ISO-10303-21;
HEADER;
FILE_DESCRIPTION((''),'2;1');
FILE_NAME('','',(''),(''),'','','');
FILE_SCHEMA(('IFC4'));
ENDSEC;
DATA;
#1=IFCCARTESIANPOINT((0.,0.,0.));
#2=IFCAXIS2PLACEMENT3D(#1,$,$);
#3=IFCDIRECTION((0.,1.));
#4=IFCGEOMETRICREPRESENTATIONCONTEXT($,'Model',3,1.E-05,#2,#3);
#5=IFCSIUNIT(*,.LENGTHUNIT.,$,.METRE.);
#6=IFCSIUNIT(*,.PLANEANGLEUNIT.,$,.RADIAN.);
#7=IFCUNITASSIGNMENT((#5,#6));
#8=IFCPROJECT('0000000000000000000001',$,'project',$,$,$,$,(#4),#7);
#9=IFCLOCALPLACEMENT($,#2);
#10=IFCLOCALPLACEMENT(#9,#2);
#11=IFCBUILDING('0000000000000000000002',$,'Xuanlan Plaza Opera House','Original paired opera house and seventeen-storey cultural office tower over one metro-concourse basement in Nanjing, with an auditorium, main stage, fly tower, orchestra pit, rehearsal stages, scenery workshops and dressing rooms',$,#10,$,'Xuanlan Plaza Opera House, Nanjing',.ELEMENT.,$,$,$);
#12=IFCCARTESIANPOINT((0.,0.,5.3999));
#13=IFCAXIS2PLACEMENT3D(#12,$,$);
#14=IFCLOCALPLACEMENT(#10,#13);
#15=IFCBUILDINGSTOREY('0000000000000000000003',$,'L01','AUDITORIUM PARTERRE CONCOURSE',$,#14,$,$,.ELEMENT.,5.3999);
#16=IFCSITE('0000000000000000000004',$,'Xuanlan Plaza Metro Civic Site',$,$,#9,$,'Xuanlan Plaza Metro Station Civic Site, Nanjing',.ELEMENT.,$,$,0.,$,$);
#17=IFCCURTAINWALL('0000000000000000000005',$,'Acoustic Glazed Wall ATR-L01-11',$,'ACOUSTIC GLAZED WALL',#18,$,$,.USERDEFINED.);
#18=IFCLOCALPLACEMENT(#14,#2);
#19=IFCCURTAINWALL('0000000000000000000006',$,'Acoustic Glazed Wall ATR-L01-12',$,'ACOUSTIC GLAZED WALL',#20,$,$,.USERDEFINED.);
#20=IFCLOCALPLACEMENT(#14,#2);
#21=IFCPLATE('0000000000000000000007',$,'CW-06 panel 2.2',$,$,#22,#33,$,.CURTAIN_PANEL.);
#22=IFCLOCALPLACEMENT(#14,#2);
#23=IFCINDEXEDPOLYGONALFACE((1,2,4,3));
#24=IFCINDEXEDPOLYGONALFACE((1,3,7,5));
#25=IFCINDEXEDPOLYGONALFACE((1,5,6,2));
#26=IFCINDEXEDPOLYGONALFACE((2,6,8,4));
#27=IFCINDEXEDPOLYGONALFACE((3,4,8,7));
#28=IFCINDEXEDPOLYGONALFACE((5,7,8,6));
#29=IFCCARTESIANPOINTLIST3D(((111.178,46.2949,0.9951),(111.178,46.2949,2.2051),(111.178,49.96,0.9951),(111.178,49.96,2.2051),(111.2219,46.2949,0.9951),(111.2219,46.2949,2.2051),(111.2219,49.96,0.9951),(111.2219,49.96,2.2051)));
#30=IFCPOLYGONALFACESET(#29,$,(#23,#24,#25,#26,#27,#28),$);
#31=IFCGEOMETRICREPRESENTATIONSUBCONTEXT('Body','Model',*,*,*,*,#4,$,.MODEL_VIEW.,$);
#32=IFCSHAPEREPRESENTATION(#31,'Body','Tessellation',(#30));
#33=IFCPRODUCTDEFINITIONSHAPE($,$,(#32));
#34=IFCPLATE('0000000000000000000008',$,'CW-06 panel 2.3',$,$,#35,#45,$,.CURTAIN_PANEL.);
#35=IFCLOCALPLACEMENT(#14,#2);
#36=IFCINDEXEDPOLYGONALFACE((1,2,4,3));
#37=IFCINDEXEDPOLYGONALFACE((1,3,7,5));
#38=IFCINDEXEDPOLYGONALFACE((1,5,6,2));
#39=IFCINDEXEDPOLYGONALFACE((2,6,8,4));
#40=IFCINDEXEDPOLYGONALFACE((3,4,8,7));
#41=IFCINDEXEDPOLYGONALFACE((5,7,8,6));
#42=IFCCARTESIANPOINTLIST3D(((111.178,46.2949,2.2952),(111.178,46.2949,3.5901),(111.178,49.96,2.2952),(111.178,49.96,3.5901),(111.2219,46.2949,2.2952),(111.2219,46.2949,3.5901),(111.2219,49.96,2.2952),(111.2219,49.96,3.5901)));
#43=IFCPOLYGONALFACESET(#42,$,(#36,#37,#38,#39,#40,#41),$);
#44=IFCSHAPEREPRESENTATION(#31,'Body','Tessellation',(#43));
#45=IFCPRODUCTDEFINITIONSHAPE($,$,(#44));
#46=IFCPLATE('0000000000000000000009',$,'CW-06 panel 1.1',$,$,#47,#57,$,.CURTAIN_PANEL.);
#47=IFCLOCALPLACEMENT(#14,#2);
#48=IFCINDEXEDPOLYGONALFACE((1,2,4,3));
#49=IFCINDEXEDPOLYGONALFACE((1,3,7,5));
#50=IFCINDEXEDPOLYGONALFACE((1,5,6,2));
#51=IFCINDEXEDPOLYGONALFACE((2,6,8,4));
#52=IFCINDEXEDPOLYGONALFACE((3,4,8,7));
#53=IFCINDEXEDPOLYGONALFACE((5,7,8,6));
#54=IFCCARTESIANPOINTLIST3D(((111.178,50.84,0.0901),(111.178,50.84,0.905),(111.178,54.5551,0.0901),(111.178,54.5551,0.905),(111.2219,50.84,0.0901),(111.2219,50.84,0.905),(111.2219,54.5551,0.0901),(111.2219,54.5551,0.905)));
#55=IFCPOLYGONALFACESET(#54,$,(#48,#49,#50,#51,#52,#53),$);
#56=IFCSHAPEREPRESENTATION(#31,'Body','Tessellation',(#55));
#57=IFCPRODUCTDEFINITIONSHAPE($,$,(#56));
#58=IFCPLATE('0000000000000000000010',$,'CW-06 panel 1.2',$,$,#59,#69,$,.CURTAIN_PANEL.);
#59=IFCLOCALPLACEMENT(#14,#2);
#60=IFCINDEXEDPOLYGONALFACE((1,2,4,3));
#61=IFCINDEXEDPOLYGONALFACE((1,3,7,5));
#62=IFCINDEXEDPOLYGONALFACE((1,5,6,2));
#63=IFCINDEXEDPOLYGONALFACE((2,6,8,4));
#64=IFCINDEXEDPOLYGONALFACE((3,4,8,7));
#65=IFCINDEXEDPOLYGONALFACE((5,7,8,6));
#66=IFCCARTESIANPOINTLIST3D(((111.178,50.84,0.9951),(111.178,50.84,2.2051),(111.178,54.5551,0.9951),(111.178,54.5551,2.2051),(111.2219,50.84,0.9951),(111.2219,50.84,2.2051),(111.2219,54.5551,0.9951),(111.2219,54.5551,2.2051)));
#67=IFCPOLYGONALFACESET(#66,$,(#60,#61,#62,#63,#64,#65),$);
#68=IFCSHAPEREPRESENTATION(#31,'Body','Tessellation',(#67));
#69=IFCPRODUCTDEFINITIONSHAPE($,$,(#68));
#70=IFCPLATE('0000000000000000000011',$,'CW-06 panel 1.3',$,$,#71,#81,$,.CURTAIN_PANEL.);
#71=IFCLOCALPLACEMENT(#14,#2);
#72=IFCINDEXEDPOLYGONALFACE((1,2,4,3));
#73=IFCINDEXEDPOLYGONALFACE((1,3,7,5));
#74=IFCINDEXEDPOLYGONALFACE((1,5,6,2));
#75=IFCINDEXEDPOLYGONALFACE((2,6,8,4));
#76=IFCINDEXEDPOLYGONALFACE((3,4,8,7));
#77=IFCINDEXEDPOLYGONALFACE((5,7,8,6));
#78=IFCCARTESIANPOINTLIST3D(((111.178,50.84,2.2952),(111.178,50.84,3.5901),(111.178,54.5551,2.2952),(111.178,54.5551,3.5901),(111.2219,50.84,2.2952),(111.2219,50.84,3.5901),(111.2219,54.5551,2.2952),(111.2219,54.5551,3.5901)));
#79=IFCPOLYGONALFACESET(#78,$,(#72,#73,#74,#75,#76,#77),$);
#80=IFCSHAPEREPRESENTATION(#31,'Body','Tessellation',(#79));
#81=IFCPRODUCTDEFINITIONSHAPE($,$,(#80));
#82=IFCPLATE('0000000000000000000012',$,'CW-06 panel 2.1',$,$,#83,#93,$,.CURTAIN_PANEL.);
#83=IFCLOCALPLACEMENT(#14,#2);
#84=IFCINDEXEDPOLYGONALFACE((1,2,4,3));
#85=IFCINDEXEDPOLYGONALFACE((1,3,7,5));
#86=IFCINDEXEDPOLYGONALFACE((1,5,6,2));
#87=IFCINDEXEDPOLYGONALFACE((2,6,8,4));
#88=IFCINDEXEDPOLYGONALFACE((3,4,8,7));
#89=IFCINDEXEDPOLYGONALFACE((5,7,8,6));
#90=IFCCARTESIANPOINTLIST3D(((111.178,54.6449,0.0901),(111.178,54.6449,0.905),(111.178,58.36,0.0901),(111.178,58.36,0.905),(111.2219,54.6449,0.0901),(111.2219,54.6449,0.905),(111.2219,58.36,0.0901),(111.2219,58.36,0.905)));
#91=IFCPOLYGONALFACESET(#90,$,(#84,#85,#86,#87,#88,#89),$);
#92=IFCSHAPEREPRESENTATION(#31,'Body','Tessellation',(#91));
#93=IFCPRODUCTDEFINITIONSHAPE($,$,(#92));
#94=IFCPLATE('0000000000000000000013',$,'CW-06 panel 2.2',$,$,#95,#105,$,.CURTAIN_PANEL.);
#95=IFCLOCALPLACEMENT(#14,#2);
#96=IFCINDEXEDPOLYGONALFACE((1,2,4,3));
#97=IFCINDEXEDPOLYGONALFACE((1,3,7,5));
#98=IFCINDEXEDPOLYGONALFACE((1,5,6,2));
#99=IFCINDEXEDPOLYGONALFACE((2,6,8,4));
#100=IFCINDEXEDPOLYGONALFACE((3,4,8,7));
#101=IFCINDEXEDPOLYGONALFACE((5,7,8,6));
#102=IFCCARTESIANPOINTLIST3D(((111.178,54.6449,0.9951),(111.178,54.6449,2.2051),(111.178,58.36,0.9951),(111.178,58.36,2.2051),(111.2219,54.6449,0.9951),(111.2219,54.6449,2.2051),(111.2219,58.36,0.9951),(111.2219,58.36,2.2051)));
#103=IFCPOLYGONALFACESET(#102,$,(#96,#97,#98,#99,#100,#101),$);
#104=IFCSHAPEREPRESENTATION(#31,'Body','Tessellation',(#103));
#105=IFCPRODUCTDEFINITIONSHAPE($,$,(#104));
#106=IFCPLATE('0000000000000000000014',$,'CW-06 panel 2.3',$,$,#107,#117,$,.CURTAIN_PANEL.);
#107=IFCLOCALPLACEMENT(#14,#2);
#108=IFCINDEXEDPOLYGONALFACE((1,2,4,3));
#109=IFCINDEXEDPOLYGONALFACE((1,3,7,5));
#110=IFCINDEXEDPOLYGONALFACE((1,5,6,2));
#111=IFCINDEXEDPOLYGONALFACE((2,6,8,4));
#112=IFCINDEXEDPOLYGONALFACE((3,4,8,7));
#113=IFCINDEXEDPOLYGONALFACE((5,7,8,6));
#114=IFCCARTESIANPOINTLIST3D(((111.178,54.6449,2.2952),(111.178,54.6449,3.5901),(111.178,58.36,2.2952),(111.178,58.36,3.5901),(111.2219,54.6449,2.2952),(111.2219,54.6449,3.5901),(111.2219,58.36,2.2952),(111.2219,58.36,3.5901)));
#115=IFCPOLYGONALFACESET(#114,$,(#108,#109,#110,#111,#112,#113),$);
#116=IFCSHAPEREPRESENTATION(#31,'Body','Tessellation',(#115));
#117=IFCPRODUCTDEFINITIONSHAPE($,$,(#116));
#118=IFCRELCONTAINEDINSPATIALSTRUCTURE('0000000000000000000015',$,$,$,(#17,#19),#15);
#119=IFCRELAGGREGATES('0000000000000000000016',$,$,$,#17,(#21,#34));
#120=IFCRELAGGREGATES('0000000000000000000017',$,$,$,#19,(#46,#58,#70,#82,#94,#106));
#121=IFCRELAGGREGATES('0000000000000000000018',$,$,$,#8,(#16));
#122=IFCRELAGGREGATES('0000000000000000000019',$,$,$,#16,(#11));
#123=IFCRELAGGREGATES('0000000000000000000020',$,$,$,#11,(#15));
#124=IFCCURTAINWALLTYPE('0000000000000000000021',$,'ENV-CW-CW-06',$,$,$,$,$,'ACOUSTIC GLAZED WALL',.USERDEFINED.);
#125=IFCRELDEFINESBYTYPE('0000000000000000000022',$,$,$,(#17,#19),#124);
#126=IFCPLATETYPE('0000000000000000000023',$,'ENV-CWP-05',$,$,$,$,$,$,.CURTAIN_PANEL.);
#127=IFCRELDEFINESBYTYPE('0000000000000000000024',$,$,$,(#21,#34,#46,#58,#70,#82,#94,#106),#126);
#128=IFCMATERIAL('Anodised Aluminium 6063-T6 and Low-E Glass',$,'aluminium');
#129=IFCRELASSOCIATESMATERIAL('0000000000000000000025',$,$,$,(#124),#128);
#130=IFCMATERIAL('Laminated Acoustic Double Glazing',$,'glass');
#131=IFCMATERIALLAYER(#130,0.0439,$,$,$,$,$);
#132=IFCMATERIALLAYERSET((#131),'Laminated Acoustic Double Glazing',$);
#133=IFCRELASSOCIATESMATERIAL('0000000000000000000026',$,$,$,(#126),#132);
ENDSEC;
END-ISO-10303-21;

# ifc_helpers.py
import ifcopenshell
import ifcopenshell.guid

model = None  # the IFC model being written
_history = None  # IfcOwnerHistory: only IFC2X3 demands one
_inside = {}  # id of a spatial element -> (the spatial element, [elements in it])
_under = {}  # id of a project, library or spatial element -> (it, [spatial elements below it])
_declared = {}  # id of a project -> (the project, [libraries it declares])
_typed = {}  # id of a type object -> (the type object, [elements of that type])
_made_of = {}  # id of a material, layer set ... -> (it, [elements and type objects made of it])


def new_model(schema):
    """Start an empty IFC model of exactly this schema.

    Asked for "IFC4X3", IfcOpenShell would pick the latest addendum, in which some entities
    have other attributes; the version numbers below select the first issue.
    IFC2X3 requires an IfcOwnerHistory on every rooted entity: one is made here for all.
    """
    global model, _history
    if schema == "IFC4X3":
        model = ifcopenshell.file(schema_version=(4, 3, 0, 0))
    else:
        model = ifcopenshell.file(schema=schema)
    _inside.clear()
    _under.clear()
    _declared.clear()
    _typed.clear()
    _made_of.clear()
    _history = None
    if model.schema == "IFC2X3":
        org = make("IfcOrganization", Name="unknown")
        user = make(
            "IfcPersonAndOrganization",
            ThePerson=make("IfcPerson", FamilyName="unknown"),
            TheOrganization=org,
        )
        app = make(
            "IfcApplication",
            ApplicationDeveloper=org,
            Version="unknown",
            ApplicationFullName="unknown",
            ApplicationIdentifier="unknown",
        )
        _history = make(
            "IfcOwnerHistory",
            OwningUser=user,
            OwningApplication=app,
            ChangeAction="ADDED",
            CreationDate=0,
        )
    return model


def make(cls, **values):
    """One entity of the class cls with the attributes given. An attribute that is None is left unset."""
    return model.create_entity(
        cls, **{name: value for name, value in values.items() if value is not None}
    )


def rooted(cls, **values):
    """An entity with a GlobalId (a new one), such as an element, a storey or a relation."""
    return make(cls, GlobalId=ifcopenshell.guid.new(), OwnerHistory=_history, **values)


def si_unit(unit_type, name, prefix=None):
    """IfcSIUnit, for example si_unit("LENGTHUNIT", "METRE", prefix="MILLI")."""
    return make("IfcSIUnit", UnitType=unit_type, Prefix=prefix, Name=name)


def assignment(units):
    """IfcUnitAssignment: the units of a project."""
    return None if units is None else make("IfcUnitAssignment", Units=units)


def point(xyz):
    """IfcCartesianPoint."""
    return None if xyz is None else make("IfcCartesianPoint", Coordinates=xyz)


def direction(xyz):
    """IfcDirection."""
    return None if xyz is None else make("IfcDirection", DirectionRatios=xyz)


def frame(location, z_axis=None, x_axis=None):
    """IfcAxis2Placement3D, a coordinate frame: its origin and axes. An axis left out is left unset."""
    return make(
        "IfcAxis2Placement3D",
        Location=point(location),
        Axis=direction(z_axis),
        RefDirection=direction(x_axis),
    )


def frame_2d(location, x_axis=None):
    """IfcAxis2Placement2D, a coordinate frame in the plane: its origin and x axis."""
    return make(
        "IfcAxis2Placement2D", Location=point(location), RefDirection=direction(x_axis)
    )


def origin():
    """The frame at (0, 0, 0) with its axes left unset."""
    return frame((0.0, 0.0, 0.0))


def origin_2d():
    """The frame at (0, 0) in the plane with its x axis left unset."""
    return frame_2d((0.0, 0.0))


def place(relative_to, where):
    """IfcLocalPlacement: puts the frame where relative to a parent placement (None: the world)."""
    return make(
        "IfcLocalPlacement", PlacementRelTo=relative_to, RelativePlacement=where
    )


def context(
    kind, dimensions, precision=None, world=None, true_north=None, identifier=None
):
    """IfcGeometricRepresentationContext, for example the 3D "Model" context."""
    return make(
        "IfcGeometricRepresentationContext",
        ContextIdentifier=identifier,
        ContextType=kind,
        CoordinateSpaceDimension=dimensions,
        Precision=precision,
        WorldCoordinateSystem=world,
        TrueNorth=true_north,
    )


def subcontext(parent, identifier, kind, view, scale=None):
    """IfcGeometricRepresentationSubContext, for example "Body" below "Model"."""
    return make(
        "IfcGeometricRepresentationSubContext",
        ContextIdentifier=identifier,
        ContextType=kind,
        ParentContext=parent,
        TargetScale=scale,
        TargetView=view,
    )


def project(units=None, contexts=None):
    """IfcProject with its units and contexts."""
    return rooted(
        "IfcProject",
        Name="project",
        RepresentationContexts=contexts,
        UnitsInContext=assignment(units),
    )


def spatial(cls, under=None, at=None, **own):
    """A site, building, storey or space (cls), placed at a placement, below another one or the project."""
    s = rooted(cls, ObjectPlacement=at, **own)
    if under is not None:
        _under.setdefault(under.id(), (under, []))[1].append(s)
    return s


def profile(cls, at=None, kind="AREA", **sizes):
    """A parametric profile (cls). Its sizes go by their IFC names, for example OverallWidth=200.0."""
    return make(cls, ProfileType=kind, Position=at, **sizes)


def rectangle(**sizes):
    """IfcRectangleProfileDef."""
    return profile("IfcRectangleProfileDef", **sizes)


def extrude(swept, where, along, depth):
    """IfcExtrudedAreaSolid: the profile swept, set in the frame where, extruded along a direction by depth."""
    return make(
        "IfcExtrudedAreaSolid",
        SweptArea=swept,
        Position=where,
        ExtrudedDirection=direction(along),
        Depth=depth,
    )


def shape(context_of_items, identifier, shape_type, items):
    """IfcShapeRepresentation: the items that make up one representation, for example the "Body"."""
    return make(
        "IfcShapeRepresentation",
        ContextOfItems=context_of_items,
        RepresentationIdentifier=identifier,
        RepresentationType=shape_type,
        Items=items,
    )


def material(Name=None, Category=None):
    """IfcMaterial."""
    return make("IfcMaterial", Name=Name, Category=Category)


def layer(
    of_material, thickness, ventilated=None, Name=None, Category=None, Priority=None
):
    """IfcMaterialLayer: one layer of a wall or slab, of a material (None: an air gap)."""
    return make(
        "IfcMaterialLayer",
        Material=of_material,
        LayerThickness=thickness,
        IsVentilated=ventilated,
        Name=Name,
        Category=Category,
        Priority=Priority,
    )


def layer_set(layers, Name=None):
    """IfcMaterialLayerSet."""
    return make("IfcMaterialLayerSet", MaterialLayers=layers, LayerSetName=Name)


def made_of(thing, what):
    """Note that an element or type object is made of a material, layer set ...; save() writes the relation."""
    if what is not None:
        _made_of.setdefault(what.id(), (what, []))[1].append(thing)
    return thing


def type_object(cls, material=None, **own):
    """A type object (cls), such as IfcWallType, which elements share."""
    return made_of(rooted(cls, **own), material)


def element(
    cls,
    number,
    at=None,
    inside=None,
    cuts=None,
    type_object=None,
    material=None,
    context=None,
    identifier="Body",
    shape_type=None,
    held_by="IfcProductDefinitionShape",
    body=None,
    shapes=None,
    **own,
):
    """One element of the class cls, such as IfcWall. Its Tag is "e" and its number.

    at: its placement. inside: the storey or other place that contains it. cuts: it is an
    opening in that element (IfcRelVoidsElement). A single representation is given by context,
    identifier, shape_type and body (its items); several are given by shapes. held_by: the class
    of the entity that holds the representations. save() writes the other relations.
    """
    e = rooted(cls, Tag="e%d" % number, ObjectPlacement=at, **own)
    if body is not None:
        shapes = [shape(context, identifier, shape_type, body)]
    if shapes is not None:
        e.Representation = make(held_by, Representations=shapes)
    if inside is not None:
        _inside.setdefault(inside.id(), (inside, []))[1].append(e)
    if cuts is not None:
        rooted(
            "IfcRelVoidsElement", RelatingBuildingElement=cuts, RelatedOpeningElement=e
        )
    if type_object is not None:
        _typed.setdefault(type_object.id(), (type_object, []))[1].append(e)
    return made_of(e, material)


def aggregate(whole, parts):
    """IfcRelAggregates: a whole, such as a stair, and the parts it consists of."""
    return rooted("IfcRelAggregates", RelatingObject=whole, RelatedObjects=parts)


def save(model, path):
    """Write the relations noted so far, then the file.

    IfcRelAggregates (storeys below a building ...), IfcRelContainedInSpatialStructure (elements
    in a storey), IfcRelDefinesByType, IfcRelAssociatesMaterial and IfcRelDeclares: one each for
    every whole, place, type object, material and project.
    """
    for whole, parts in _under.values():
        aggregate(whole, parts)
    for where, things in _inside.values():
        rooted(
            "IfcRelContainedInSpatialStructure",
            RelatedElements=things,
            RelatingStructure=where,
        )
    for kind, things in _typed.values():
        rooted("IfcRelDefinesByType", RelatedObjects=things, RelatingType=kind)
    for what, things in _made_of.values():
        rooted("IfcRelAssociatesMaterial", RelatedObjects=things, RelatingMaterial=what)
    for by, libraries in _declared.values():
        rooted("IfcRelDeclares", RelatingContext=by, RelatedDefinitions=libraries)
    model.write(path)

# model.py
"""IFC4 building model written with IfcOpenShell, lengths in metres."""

from ifc_helpers import new_model, si_unit, direction, frame, origin, origin_2d, place, context, subcontext, project, spatial, rectangle, extrude, material, layer, layer_set, type_object, element, aggregate, save


model = new_model("IFC4")

# Units and contexts
model_context = context("Model", 3, precision=1e-05, world=origin(), true_north=direction((0.0, 1.0)))
body_context = subcontext(model_context, "Body", "Model", "MODEL_VIEW")
ifc_project = project(units=[si_unit("LENGTHUNIT", "METRE"), si_unit("PLANEANGLEUNIT", "RADIAN")], contexts=[model_context])

# Site, building, storey
site_placement = place(None, origin())
site = spatial("IfcSite", under=ifc_project, at=site_placement, Name="Xuanlan Plaza Metro Civic Site", LongName="Xuanlan Plaza Metro Station Civic Site, Nanjing", CompositionType="ELEMENT", RefElevation=0.0)
building_placement = place(site_placement, origin())
building = spatial("IfcBuilding", under=site, at=building_placement, Name="Xuanlan Plaza Opera House", Description="Original paired opera house and seventeen-storey cultural office tower over one metro-concourse basement in Nanjing, with an auditorium, main stage, fly tower, orchestra pit, rehearsal stages, scenery workshops and dressing rooms", LongName="Xuanlan Plaza Opera House, Nanjing", CompositionType="ELEMENT")
storey_placement = place(building_placement, frame((0.0, 0.0, 5.3999)))
storey = spatial("IfcBuildingStorey", under=building, at=storey_placement, Name="L01", Description="AUDITORIUM PARTERRE CONCOURSE", CompositionType="ELEMENT", Elevation=5.3999)

# Curtain walls
ifc_material_1 = material(Name="Anodised Aluminium 6063-T6 and Low-E Glass", Category="aluminium")
curtain_wall_type = type_object("IfcCurtainWallType", Name="ENV-CW-CW-06", ElementType="ACOUSTIC GLAZED WALL", PredefinedType="USERDEFINED", material=ifc_material_1)
curtain_wall_1_placement = place(storey_placement, origin())
curtain_wall_1 = element("IfcCurtainWall", 1, at=curtain_wall_1_placement, inside=storey, type_object=curtain_wall_type, Name="Acoustic Glazed Wall ATR-L01-11", ObjectType="ACOUSTIC GLAZED WALL", PredefinedType="USERDEFINED")
curtain_wall_2_placement = place(storey_placement, origin())
curtain_wall_2 = element("IfcCurtainWall", 2, at=curtain_wall_2_placement, inside=storey, type_object=curtain_wall_type, Name="Acoustic Glazed Wall ATR-L01-12", ObjectType="ACOUSTIC GLAZED WALL", PredefinedType="USERDEFINED")

# Plates
ifc_material_2 = material(Name="Laminated Acoustic Double Glazing", Category="glass")
ifc_layer = layer(ifc_material_2, 0.0439)
ifc_layer_set = layer_set([ifc_layer], Name="Laminated Acoustic Double Glazing")
plate_type = type_object("IfcPlateType", Name="ENV-CWP-05", PredefinedType="CURTAIN_PANEL", material=ifc_layer_set)
plate_1_placement = place(storey_placement, frame((111.2, 48.1274, 0.9951), z_axis=(0.0, 0.0, 1.0), x_axis=(0.0, 1.0, 0.0)))
plate_1 = element("IfcPlate", 3, at=plate_1_placement, type_object=plate_type, Name="CW-06 panel 2.2", PredefinedType="CURTAIN_PANEL", context=body_context, shape_type="SweptSolid", body=[
    extrude(rectangle(XDim=3.665, YDim=0.0439, at=origin_2d()), origin(), (0.0, 0.0, 1.0), 1.21),
])
plate_2_placement = place(storey_placement, frame((111.2, 48.1274, 2.2952), z_axis=(0.0, 0.0, 1.0), x_axis=(0.0, 1.0, 0.0)))
plate_2 = element("IfcPlate", 4, at=plate_2_placement, type_object=plate_type, Name="CW-06 panel 2.3", PredefinedType="CURTAIN_PANEL", context=body_context, shape_type="SweptSolid", body=[
    extrude(rectangle(XDim=3.665, YDim=0.0439, at=origin_2d()), origin(), (0.0, 0.0, 1.0), 1.2949),
])
aggregate(curtain_wall_1, [plate_1, plate_2])
plate_3_placement = place(storey_placement, frame((111.2, 52.6975, 0.0901), z_axis=(0.0, 0.0, 1.0), x_axis=(0.0, 1.0, 0.0)))
plate_3 = element("IfcPlate", 5, at=plate_3_placement, type_object=plate_type, Name="CW-06 panel 1.1", PredefinedType="CURTAIN_PANEL", context=body_context, shape_type="SweptSolid", body=[
    extrude(rectangle(XDim=3.7151, YDim=0.0439, at=origin_2d()), origin(), (0.0, 0.0, 1.0), 0.8149),
])
plate_4_placement = place(storey_placement, frame((111.2, 52.6975, 0.9951), z_axis=(0.0, 0.0, 1.0), x_axis=(0.0, 1.0, 0.0)))
plate_4 = element("IfcPlate", 6, at=plate_4_placement, type_object=plate_type, Name="CW-06 panel 1.2", PredefinedType="CURTAIN_PANEL", context=body_context, shape_type="SweptSolid", body=[
    extrude(rectangle(XDim=3.7151, YDim=0.0439, at=origin_2d()), origin(), (0.0, 0.0, 1.0), 1.21),
])
plate_5_placement = place(storey_placement, frame((111.2, 52.6975, 2.2952), z_axis=(0.0, 0.0, 1.0), x_axis=(0.0, 1.0, 0.0)))
plate_5 = element("IfcPlate", 7, at=plate_5_placement, type_object=plate_type, Name="CW-06 panel 1.3", PredefinedType="CURTAIN_PANEL", context=body_context, shape_type="SweptSolid", body=[
    extrude(rectangle(XDim=3.7151, YDim=0.0439, at=origin_2d()), origin(), (0.0, 0.0, 1.0), 1.2949),
])
plate_6_placement = place(storey_placement, frame((111.2, 56.5024, 0.0901), z_axis=(0.0, 0.0, 1.0), x_axis=(0.0, 1.0, 0.0)))
plate_6 = element("IfcPlate", 8, at=plate_6_placement, type_object=plate_type, Name="CW-06 panel 2.1", PredefinedType="CURTAIN_PANEL", context=body_context, shape_type="SweptSolid", body=[
    extrude(rectangle(XDim=3.7151, YDim=0.0439, at=origin_2d()), origin(), (0.0, 0.0, 1.0), 0.8149),
])
plate_7_placement = place(storey_placement, frame((111.2, 56.5024, 0.9951), z_axis=(0.0, 0.0, 1.0), x_axis=(0.0, 1.0, 0.0)))
plate_7 = element("IfcPlate", 9, at=plate_7_placement, type_object=plate_type, Name="CW-06 panel 2.2", PredefinedType="CURTAIN_PANEL", context=body_context, shape_type="SweptSolid", body=[
    extrude(rectangle(XDim=3.7151, YDim=0.0439, at=origin_2d()), origin(), (0.0, 0.0, 1.0), 1.21),
])
plate_8_placement = place(storey_placement, frame((111.2, 56.5024, 2.2952), z_axis=(0.0, 0.0, 1.0), x_axis=(0.0, 1.0, 0.0)))
plate_8 = element("IfcPlate", 10, at=plate_8_placement, type_object=plate_type, Name="CW-06 panel 2.3", PredefinedType="CURTAIN_PANEL", context=body_context, shape_type="SweptSolid", body=[
    extrude(rectangle(XDim=3.7151, YDim=0.0439, at=origin_2d()), origin(), (0.0, 0.0, 1.0), 1.2949),
])
aggregate(curtain_wall_2, [plate_3, plate_4, plate_5, plate_6, plate_7, plate_8])

save(model, "model.ifc")
